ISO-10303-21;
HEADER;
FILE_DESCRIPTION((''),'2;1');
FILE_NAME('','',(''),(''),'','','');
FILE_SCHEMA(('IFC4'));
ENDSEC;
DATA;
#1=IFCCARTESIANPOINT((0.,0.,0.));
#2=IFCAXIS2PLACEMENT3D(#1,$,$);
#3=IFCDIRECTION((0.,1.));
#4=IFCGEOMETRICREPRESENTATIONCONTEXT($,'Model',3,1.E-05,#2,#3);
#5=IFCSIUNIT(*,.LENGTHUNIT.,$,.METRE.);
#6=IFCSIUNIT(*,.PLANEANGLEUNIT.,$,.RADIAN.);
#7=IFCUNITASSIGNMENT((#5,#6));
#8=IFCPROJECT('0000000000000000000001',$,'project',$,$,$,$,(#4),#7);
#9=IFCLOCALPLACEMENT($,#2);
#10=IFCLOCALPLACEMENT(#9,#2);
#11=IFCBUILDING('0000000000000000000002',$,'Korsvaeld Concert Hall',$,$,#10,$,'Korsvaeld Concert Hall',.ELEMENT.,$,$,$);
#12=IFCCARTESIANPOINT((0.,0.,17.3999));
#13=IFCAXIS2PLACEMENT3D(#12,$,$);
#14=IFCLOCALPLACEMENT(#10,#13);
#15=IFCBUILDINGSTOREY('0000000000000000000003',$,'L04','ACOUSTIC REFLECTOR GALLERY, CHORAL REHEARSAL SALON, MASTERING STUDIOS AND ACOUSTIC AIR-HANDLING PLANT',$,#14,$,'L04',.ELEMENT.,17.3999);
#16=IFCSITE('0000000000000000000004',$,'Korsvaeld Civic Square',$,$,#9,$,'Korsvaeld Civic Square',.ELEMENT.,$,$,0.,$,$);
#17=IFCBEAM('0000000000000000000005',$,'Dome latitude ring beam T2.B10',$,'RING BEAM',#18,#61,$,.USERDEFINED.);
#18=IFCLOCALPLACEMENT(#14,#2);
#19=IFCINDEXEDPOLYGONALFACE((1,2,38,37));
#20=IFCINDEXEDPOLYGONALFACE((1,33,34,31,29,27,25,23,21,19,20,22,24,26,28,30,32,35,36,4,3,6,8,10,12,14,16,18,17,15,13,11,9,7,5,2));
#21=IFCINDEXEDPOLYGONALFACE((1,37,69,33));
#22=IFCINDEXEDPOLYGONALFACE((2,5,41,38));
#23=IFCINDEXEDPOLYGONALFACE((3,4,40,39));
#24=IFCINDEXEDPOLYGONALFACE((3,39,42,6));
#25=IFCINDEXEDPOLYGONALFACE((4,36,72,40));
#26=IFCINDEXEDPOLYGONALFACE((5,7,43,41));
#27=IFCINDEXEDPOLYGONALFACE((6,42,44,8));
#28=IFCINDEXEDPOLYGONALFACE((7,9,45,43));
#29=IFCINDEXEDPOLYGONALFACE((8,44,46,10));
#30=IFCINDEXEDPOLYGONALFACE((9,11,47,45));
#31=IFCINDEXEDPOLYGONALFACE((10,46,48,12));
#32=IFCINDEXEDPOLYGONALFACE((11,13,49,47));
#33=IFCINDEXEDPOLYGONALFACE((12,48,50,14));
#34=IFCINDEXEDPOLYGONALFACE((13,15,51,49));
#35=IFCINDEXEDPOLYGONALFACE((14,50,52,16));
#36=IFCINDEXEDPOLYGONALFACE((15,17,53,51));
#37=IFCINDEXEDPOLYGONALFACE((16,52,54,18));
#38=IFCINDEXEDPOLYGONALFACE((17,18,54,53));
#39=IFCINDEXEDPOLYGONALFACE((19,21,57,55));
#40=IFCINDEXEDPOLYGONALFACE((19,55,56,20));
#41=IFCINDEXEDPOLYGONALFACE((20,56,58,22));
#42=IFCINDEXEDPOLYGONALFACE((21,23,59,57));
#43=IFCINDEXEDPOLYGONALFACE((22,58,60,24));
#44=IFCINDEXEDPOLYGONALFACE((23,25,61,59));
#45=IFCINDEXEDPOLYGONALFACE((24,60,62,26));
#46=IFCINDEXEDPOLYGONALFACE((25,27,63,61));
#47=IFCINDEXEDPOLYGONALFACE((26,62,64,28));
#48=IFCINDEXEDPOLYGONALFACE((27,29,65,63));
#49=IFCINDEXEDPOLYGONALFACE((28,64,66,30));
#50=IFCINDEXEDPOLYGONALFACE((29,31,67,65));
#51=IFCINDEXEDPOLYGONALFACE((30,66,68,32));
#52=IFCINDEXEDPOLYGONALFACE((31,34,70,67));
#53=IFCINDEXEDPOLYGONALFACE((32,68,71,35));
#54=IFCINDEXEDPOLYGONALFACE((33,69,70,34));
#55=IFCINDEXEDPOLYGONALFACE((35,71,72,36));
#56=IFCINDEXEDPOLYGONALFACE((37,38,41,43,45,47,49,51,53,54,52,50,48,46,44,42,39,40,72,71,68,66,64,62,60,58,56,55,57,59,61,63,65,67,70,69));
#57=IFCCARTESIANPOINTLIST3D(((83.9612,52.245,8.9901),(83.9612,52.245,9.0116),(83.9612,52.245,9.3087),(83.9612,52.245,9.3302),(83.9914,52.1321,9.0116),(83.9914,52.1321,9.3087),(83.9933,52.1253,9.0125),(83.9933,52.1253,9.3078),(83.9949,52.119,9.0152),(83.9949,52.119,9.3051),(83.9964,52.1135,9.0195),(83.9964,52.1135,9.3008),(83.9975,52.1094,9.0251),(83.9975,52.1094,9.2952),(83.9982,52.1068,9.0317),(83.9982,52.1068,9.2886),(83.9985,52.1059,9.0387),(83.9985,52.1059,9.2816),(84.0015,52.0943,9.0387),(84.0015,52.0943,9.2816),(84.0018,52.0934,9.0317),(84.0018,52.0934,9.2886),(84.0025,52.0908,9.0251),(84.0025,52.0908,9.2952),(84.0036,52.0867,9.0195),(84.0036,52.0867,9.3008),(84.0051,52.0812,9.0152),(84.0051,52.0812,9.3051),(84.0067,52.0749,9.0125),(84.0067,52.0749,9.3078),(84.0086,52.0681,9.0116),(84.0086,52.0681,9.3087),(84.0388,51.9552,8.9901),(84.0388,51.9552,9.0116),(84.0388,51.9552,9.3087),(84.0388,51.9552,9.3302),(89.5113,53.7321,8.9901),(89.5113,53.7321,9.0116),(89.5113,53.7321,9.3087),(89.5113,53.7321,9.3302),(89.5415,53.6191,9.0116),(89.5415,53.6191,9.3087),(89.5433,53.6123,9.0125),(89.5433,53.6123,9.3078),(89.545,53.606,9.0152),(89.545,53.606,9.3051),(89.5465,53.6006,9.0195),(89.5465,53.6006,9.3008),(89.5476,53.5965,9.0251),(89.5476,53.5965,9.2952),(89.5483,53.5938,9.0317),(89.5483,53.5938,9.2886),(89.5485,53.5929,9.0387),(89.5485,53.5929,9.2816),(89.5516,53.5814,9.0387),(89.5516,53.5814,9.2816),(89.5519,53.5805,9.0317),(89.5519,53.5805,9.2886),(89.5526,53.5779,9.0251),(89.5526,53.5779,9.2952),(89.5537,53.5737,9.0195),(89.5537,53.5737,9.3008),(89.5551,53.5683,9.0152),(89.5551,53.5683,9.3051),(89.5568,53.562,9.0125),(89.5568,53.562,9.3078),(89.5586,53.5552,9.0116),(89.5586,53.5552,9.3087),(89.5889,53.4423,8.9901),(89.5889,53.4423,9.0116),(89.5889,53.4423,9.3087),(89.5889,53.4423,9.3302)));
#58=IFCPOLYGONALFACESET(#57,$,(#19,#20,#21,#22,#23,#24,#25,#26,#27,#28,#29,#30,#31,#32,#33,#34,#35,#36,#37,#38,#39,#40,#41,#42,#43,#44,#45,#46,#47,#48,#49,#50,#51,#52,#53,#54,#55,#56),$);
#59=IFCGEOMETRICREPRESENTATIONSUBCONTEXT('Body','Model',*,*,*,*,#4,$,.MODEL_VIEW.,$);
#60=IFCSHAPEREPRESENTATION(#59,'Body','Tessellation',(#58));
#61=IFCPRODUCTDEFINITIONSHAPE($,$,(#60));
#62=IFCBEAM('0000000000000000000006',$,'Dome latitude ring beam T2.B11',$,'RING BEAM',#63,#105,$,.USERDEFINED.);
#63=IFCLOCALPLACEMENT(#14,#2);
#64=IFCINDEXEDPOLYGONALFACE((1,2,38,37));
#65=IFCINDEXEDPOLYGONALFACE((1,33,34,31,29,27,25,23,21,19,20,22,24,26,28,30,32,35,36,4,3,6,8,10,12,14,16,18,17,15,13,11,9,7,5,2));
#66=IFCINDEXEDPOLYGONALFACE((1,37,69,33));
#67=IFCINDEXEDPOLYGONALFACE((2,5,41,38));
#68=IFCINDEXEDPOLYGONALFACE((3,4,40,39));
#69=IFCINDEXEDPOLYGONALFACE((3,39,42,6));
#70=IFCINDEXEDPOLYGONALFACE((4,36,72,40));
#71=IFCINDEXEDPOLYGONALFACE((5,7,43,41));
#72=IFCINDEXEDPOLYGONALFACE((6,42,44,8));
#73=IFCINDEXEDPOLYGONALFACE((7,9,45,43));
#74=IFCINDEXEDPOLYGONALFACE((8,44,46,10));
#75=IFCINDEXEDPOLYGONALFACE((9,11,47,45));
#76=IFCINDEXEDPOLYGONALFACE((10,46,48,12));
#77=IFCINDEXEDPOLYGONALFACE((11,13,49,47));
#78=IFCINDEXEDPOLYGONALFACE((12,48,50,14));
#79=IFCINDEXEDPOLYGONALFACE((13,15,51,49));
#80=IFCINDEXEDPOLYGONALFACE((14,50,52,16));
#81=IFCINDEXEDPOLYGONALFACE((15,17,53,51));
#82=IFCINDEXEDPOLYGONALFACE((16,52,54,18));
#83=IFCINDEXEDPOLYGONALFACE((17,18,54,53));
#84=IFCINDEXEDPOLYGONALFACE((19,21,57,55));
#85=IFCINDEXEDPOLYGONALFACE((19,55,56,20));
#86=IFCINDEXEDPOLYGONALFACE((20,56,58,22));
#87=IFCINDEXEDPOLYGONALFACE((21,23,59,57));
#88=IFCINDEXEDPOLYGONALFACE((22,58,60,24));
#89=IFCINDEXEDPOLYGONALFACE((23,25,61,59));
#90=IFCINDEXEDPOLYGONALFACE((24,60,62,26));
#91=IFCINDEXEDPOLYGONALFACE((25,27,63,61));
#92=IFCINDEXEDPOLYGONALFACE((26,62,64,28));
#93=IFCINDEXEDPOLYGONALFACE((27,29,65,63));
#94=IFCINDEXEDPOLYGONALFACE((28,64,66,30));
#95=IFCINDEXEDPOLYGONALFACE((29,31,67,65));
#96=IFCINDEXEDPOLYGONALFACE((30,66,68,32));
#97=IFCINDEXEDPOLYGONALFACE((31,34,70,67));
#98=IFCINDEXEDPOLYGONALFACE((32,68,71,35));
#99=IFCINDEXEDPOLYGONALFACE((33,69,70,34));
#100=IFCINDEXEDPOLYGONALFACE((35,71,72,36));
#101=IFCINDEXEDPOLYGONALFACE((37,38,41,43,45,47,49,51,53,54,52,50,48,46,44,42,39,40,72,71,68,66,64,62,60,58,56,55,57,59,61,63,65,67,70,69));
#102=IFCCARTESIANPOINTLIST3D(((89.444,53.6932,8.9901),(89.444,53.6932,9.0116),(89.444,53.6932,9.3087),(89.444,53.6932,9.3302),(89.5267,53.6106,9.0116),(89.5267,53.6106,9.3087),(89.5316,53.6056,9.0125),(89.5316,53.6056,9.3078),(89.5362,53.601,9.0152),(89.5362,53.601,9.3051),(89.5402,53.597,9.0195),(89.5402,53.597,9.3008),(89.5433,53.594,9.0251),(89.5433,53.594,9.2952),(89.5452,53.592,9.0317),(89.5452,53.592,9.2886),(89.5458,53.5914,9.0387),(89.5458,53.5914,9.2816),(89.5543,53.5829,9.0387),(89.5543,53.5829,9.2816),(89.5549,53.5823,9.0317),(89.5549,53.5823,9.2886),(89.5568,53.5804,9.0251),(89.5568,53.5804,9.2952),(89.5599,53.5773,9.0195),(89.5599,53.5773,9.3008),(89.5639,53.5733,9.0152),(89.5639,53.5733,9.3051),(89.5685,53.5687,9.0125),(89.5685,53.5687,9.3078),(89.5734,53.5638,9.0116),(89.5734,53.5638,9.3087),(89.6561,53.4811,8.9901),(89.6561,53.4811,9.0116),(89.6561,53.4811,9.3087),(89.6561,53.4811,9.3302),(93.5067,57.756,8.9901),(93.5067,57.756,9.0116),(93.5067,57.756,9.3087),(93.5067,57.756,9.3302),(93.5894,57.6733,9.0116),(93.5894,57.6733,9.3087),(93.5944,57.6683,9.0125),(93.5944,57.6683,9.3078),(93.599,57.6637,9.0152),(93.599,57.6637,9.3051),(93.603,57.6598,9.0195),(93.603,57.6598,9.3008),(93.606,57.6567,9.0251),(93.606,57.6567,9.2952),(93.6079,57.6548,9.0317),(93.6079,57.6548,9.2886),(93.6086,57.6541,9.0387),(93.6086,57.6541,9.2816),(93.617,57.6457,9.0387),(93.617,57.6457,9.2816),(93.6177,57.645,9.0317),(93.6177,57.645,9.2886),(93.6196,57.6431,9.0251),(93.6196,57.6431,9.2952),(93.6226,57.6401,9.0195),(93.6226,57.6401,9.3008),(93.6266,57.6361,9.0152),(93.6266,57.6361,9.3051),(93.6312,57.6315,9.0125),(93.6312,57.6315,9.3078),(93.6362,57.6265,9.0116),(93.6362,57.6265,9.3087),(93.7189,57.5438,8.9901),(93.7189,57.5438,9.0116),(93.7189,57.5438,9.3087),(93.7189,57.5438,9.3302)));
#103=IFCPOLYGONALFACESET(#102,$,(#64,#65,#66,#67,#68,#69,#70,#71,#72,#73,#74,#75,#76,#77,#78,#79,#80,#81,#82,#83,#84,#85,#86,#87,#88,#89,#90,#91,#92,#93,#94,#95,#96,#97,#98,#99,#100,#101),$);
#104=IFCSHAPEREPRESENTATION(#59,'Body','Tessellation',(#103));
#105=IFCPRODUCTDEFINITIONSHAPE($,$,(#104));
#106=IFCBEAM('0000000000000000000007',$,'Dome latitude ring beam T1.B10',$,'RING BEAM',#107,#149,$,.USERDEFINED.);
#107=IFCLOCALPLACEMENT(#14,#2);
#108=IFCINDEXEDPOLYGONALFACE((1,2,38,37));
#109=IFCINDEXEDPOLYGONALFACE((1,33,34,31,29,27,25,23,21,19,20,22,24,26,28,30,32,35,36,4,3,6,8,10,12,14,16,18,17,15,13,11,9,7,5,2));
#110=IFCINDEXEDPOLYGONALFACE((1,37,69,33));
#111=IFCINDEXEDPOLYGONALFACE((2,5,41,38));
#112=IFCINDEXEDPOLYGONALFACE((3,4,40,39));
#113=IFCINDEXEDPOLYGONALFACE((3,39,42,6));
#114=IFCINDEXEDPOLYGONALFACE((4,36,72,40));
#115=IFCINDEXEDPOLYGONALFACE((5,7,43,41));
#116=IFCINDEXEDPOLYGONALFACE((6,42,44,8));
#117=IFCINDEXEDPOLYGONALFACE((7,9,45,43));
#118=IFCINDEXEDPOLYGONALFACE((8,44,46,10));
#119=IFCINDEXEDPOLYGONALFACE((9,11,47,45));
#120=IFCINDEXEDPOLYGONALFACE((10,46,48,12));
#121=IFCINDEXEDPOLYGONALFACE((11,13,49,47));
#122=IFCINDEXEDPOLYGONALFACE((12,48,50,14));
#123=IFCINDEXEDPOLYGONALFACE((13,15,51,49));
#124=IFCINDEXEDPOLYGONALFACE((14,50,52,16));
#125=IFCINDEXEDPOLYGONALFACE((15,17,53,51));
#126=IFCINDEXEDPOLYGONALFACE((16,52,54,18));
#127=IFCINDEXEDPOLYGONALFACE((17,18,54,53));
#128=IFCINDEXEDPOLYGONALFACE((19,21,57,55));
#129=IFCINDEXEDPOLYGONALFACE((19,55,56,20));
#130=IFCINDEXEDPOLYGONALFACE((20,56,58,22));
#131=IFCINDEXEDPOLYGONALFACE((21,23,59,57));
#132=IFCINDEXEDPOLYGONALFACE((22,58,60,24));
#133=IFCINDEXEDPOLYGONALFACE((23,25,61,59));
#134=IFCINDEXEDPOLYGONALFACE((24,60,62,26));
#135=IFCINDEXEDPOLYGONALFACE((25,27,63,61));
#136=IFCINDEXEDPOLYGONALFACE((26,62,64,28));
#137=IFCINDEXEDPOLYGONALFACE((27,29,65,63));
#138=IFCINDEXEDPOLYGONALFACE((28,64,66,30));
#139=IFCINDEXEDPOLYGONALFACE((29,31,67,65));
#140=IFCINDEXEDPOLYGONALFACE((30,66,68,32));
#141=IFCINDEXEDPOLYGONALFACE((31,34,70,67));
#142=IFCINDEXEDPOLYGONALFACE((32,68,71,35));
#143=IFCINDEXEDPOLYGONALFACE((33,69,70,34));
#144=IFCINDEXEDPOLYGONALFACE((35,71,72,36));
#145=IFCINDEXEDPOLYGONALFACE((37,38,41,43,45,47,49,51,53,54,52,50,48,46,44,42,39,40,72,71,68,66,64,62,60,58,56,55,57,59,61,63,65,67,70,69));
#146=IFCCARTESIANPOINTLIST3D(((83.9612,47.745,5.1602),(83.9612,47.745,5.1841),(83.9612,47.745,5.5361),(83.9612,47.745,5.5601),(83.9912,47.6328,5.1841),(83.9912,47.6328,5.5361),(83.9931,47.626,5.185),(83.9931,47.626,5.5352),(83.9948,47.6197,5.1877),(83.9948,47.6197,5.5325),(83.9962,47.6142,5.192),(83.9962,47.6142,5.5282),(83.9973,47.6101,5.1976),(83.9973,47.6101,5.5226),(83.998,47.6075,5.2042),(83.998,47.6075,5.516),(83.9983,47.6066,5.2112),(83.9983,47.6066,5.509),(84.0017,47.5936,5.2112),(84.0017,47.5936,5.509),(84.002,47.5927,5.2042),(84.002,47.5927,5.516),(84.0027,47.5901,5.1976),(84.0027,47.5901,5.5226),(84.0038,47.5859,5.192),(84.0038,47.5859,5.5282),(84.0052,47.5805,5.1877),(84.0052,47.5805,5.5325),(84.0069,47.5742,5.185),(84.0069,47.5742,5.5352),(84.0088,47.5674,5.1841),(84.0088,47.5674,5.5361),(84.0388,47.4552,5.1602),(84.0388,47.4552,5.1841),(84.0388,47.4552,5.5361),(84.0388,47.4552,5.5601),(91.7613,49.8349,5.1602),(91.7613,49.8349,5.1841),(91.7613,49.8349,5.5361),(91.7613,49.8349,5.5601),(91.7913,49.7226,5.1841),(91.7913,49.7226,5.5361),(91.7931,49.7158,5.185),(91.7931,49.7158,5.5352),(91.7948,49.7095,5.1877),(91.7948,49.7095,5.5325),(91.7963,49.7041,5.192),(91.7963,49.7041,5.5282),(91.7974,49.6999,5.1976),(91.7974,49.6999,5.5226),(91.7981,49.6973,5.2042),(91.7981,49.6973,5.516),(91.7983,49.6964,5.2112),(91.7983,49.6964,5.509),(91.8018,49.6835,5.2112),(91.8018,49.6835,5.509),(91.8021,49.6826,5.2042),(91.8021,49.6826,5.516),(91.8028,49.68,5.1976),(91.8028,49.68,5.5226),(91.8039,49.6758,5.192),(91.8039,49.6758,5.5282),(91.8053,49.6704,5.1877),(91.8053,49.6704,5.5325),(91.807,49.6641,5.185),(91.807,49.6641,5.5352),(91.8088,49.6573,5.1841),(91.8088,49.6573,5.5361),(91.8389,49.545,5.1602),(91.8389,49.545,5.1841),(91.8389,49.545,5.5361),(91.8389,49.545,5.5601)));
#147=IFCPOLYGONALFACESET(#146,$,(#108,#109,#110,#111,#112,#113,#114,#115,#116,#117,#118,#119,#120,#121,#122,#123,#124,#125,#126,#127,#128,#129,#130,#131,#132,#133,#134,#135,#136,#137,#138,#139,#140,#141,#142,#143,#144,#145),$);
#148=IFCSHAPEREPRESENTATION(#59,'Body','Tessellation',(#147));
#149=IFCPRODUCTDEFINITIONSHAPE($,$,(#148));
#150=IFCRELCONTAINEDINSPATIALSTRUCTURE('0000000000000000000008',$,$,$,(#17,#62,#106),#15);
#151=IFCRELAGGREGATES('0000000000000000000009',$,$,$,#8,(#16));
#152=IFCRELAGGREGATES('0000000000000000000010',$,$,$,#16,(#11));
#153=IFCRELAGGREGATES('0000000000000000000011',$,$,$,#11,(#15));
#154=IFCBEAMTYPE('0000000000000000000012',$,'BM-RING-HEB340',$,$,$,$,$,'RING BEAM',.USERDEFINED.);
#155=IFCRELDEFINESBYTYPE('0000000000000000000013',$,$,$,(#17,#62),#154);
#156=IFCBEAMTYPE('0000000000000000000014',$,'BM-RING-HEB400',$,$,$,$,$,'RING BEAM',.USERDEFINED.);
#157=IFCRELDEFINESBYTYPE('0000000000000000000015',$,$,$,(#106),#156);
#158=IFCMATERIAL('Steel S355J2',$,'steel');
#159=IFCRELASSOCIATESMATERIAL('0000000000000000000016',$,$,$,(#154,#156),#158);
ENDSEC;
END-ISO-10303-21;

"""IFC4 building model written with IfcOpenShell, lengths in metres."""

from ifc_helpers import new_model, si_unit, direction, frame, origin, origin_2d, place, context, subcontext, project, spatial, i_section, extrude, material, material_profile, profile_set, type_object, element, save


model = new_model("IFC4")

# Units and contexts
model_context = context("Model", 3, precision=1e-05, world=origin(), true_north=direction((0.0, 1.0)))
body_context = subcontext(model_context, "Body", "Model", "MODEL_VIEW")
ifc_project = project(units=[si_unit("LENGTHUNIT", "METRE"), si_unit("PLANEANGLEUNIT", "RADIAN")], contexts=[model_context])

# Site, building, storey
site_placement = place(None, origin())
site = spatial("IfcSite", under=ifc_project, at=site_placement, Name="Korsvaeld Civic Square", LongName="Korsvaeld Civic Square", CompositionType="ELEMENT", RefElevation=0.0)
building_placement = place(site_placement, origin())
building = spatial("IfcBuilding", under=site, at=building_placement, Name="Korsvaeld Concert Hall", LongName="Korsvaeld Concert Hall", CompositionType="ELEMENT")
storey_placement = place(building_placement, frame((0.0, 0.0, 17.3999)))
storey = spatial("IfcBuildingStorey", under=building, at=storey_placement, Name="L04", Description="ACOUSTIC REFLECTOR GALLERY, CHORAL REHEARSAL SALON, MASTERING STUDIOS AND ACOUSTIC AIR-HANDLING PLANT", LongName="L04", CompositionType="ELEMENT", Elevation=17.3999)

# Beams
ifc_material_1 = material(Name="Steel S355J2", Category="steel")
ifc_material_profile_1 = material_profile(ifc_material_1, i_section(OverallWidth=0.3, OverallDepth=0.3401, WebThickness=0.012, FlangeThickness=0.0215, FilletRadius=0.0271, at=origin_2d()), Name="HEB 340")
ifc_profile_set_1 = profile_set([ifc_material_profile_1], Name="Steel S355J2")
beam_type_1 = type_object("IfcBeamType", Name="BM-RING-HEB340", ElementType="RING BEAM", PredefinedType="USERDEFINED", material=ifc_profile_set_1)
beam_1_placement = place(storey_placement, frame((84.0, 52.1001, 9.1602), z_axis=(0.965929, 0.258808, 0.0), x_axis=(-0.258808, 0.965929, 0.0)))
element("IfcBeam", 1, at=beam_1_placement, inside=storey, type_object=beam_type_1, Name="Dome latitude ring beam T2.B10", ObjectType="RING BEAM", PredefinedType="USERDEFINED", context=body_context, shape_type="SweptSolid", body=[
    extrude(i_section(OverallWidth=0.3, OverallDepth=0.3401, WebThickness=0.012, FlangeThickness=0.0215, FilletRadius=0.0271, at=origin_2d()), origin(), (0.0, 0.0, 1.0), 5.7458),
])
beam_2_placement = place(storey_placement, frame((89.55, 53.5872, 9.1602), z_axis=(0.707107, 0.707107, 0.0), x_axis=(-0.707107, 0.707107, 0.0)))
element("IfcBeam", 2, at=beam_2_placement, inside=storey, type_object=beam_type_1, Name="Dome latitude ring beam T2.B11", ObjectType="RING BEAM", PredefinedType="USERDEFINED", context=body_context, shape_type="SweptSolid", body=[
    extrude(i_section(OverallWidth=0.3, OverallDepth=0.3401, WebThickness=0.012, FlangeThickness=0.0215, FilletRadius=0.0271, at=origin_2d()), origin(), (0.0, 0.0, 1.0), 5.7456),
])
ifc_material_profile_2 = material_profile(ifc_material_1, i_section(OverallWidth=0.3, OverallDepth=0.3999, WebThickness=0.0134, FlangeThickness=0.0239, FilletRadius=0.0271, at=origin_2d()), Name="HEB 400")
ifc_profile_set_2 = profile_set([ifc_material_profile_2], Name="Steel S355J2")
beam_type_2 = type_object("IfcBeamType", Name="BM-RING-HEB400", ElementType="RING BEAM", PredefinedType="USERDEFINED", material=ifc_profile_set_2)
beam_3_placement = place(storey_placement, frame((84.0, 47.6001, 5.3601), z_axis=(0.965931, 0.258799, 0.0), x_axis=(-0.258799, 0.965931, 0.0)))
element("IfcBeam", 3, at=beam_3_placement, inside=storey, type_object=beam_type_2, Name="Dome latitude ring beam T1.B10", ObjectType="RING BEAM", PredefinedType="USERDEFINED", context=body_context, shape_type="SweptSolid", body=[
    extrude(i_section(OverallWidth=0.3, OverallDepth=0.3999, WebThickness=0.0134, FlangeThickness=0.0239, FilletRadius=0.0271, at=origin_2d()), origin(), (0.0, 0.0, 1.0), 8.0752),
])

save(model, "model.ifc")
